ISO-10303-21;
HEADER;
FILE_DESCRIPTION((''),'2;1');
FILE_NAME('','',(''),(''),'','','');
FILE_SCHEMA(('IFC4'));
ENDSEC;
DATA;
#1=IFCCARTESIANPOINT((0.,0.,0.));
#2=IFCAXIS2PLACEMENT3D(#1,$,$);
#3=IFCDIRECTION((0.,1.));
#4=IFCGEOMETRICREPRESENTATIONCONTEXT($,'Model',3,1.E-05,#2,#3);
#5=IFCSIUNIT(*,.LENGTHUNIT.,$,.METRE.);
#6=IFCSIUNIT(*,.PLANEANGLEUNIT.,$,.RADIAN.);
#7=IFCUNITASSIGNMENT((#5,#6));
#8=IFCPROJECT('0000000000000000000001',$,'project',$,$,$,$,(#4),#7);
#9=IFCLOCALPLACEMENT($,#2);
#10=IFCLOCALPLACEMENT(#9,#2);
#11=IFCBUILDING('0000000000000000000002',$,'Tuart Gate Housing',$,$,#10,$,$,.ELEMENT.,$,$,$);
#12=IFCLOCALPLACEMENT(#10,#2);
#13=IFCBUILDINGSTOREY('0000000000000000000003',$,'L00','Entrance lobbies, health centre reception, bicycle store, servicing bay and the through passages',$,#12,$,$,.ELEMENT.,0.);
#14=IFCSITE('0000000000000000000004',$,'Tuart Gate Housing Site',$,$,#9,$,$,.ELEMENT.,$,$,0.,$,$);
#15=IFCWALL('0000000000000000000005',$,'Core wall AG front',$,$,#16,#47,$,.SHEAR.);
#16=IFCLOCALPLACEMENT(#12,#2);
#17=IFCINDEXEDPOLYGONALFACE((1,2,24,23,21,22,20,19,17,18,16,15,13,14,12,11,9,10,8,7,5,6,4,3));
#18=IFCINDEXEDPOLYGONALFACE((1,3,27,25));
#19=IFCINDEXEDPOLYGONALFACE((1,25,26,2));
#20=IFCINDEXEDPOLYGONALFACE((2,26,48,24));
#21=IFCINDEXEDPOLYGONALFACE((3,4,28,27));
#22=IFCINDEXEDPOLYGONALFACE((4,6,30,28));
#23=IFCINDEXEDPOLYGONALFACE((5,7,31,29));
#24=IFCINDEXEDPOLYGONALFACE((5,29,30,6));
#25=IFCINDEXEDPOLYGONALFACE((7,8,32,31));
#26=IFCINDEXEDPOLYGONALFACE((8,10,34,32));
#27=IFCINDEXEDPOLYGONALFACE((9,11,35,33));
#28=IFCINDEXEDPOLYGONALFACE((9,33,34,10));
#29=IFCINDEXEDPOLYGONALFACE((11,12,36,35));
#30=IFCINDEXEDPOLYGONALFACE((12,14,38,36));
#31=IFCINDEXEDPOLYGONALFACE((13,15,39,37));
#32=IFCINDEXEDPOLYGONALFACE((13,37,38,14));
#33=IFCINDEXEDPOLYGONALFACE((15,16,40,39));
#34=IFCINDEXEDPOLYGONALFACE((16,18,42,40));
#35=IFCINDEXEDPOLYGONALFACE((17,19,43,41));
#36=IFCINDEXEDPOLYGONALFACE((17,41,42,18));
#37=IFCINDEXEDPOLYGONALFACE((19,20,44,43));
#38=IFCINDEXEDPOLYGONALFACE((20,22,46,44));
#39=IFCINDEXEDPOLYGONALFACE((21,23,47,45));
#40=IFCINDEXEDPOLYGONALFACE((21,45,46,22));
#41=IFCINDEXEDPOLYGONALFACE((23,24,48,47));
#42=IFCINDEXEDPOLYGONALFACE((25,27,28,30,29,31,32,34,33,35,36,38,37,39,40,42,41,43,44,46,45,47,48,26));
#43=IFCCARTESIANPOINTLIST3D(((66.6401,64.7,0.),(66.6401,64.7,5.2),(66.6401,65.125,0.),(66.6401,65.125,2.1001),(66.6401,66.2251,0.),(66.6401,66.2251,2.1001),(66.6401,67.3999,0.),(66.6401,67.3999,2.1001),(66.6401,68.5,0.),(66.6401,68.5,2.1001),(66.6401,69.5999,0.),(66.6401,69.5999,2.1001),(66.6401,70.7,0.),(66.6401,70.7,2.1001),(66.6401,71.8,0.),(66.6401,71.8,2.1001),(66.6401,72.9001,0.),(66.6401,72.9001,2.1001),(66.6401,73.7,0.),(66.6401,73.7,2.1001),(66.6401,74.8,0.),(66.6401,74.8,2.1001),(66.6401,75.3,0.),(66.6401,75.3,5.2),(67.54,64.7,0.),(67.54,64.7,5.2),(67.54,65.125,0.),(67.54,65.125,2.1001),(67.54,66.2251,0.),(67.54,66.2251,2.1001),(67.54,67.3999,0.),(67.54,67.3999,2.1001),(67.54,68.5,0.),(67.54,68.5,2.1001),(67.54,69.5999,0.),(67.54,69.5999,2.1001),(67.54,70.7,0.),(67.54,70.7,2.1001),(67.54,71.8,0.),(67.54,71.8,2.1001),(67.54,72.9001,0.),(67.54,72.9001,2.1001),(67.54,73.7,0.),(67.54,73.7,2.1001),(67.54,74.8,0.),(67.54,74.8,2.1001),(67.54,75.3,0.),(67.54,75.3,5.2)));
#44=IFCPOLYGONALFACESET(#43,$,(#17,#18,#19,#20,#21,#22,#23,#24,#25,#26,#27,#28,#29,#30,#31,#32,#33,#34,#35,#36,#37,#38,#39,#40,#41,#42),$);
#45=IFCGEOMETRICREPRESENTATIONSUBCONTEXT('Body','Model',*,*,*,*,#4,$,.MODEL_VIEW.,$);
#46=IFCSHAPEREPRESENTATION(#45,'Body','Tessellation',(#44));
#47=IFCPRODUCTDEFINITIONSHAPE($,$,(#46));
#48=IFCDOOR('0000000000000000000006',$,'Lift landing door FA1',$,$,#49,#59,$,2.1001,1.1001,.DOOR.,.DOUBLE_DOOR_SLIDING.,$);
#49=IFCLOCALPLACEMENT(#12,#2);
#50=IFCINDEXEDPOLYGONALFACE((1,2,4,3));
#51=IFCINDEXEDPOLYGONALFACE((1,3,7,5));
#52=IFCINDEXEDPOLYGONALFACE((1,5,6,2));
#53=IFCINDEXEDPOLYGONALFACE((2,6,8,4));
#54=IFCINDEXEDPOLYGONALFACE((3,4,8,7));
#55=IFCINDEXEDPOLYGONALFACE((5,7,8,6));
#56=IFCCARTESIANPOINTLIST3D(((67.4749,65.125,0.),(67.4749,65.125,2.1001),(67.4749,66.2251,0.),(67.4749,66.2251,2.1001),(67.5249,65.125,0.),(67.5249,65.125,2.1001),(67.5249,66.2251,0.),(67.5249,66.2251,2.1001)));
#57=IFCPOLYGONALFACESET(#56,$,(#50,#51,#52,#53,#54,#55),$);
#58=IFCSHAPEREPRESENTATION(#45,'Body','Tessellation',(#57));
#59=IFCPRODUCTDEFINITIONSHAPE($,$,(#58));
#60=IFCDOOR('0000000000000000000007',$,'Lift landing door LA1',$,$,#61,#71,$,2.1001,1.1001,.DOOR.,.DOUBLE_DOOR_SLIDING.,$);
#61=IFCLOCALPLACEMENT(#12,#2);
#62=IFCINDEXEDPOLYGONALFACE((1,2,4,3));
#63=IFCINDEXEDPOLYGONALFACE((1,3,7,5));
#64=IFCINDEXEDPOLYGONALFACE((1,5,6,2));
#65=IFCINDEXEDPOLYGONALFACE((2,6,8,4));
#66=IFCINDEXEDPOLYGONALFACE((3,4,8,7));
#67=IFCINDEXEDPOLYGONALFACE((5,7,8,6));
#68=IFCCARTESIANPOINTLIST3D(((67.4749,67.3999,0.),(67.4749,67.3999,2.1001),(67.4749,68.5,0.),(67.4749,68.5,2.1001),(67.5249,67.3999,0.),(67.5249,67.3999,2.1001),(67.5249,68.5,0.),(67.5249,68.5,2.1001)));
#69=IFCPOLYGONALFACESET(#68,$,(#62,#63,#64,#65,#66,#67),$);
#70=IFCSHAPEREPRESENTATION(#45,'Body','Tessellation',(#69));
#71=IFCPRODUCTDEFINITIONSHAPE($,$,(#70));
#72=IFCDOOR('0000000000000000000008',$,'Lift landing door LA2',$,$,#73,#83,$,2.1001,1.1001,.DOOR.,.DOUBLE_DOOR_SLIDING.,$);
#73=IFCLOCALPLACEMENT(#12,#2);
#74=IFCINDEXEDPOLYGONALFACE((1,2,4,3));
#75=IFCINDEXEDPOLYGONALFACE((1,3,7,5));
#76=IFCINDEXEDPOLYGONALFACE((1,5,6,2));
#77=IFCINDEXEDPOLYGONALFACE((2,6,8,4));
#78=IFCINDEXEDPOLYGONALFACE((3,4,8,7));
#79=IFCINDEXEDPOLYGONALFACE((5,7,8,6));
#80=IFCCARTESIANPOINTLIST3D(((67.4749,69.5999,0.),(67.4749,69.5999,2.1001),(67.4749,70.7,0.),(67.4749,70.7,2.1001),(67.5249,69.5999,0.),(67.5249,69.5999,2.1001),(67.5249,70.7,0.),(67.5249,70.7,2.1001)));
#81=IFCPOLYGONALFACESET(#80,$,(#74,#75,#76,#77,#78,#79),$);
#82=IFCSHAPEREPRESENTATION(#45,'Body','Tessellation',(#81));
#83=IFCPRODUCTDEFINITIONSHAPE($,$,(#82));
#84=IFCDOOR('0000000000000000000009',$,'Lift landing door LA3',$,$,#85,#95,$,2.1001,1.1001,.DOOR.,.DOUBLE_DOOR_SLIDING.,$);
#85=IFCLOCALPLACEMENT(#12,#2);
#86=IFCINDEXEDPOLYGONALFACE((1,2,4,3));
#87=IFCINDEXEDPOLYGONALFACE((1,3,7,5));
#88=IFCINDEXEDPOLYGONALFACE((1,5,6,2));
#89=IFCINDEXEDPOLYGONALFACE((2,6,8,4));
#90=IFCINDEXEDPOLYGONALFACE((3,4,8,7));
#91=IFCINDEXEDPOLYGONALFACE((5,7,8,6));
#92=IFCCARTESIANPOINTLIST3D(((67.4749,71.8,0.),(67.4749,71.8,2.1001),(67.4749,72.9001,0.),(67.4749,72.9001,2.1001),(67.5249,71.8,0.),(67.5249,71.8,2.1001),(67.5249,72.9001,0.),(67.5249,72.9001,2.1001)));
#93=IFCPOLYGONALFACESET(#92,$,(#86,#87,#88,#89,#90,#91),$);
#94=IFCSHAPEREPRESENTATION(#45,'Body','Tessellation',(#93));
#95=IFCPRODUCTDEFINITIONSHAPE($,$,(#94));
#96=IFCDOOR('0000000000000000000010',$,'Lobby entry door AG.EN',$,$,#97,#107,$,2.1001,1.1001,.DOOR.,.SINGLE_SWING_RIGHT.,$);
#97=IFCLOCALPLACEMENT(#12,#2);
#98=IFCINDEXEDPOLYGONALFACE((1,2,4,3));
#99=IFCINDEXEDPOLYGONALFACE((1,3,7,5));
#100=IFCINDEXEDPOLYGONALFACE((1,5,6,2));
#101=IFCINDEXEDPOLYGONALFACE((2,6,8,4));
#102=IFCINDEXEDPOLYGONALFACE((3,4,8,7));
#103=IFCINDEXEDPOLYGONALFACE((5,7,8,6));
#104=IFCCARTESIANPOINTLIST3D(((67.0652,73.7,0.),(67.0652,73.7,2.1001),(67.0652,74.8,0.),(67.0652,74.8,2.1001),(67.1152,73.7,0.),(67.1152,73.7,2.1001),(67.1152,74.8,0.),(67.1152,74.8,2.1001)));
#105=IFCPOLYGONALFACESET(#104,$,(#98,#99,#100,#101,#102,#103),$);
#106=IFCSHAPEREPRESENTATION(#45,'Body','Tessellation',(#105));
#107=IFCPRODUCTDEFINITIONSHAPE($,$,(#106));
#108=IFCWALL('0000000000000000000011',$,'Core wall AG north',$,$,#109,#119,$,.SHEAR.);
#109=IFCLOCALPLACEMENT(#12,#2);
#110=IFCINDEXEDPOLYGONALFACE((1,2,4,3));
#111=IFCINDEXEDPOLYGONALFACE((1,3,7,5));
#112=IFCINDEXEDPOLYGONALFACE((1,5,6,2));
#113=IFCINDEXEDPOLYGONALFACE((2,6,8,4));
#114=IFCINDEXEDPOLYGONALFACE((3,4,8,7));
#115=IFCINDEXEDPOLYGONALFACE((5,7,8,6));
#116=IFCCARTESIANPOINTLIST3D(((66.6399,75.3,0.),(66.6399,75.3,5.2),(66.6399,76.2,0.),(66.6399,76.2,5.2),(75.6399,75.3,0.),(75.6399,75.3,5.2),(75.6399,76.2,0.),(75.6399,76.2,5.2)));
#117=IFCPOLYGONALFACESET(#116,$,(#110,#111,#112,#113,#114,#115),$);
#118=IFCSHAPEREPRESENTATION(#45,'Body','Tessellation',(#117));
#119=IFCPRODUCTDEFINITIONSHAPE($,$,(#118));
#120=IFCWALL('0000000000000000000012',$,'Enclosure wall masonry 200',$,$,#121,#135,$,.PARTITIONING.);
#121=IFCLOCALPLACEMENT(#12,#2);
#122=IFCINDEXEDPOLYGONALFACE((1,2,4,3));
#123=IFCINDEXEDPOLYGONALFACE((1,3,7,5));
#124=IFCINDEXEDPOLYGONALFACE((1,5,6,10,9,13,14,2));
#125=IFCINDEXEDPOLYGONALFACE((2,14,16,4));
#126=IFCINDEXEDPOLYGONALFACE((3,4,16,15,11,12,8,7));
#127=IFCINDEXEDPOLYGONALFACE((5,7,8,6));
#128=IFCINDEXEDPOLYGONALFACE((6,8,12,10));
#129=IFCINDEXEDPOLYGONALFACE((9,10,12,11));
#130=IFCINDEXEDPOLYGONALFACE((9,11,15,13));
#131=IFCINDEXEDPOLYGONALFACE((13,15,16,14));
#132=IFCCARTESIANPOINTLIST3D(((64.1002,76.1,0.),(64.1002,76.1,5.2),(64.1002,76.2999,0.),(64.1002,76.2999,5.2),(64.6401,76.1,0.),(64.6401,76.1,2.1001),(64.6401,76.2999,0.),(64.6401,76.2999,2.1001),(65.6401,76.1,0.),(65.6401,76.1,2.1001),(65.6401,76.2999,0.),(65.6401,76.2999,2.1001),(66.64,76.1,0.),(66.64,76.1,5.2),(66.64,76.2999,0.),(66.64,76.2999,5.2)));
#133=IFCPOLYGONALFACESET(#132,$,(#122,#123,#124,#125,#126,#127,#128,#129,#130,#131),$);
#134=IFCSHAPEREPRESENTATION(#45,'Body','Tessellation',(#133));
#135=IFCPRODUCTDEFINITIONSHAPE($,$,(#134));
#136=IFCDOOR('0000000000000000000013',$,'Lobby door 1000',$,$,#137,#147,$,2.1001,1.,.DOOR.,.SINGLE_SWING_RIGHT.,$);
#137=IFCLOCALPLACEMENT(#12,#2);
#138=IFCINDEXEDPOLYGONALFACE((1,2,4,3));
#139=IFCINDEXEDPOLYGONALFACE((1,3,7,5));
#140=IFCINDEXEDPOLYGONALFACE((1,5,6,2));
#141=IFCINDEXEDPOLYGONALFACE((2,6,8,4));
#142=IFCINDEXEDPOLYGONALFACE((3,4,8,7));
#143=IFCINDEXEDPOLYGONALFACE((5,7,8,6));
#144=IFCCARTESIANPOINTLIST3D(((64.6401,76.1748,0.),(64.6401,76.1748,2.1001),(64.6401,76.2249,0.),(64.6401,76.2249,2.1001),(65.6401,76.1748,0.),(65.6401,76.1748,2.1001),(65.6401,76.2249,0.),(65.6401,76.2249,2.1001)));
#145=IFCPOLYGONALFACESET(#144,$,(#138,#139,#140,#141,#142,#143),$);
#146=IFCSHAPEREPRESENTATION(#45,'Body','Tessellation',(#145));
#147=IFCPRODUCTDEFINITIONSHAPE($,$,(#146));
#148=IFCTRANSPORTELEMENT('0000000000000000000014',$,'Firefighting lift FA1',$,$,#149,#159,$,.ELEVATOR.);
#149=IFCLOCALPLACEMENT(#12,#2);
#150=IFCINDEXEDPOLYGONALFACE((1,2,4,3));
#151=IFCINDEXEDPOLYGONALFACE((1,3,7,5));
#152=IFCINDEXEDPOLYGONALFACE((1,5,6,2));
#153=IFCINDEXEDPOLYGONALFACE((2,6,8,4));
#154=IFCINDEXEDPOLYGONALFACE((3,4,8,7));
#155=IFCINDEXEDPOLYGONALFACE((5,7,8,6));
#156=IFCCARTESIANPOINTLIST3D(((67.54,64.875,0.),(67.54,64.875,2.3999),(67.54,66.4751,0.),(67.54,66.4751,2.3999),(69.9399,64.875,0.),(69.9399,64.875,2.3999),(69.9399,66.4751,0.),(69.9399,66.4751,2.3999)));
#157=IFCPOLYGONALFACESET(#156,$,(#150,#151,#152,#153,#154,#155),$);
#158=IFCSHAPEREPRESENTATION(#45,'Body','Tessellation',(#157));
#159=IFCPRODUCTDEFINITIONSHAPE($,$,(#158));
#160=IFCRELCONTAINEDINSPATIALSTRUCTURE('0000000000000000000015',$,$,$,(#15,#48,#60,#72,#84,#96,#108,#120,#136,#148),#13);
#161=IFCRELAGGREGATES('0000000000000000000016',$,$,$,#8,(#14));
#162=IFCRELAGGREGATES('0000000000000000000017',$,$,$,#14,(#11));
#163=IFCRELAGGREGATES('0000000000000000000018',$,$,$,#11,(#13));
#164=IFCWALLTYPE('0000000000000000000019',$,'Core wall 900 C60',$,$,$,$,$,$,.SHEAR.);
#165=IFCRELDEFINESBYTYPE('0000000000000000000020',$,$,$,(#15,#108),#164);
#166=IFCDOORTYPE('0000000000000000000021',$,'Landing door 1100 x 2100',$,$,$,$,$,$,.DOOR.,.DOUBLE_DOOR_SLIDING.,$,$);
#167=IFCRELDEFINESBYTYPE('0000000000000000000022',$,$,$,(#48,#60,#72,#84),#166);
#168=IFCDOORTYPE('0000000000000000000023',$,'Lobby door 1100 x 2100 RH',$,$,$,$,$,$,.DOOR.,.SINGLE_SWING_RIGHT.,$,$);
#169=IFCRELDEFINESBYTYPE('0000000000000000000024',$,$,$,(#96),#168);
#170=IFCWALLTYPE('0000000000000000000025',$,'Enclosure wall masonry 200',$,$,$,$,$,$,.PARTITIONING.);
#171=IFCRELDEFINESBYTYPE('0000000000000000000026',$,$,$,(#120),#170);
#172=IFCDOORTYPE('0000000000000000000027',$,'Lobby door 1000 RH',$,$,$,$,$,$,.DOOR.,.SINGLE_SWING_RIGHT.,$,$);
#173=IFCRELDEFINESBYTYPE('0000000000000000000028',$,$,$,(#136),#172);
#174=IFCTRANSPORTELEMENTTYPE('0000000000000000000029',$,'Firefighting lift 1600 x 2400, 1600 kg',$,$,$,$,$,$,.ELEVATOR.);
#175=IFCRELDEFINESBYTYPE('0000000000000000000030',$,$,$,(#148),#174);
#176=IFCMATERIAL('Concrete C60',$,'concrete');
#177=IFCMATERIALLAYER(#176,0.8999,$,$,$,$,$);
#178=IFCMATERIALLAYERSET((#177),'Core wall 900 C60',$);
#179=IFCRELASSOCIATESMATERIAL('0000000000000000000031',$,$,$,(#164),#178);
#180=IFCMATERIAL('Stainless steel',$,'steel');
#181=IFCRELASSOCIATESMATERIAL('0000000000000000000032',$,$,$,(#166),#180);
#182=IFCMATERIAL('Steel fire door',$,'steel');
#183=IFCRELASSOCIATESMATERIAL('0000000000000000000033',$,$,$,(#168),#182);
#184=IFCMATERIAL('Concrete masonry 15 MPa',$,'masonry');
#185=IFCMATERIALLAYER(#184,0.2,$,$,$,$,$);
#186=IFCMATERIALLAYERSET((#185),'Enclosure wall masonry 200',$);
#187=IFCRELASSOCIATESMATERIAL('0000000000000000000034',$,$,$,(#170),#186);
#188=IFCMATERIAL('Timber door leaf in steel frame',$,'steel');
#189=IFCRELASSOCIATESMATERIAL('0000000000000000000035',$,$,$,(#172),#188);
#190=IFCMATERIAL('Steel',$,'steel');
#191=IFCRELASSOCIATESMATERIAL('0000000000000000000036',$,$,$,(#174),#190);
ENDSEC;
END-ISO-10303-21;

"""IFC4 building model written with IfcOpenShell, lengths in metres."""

from ifc_helpers import new_model, si_unit, direction, frame, frame_2d, origin, origin_2d, place, context, subcontext, project, spatial, rectangle, extrude, material, layer, layer_set, type_object, element, fill, save


model = new_model("IFC4")

# Units and contexts
model_context = context("Model", 3, precision=1e-05, world=origin(), true_north=direction((0.0, 1.0)))
body_context = subcontext(model_context, "Body", "Model", "MODEL_VIEW")
ifc_project = project(units=[si_unit("LENGTHUNIT", "METRE"), si_unit("PLANEANGLEUNIT", "RADIAN")], contexts=[model_context])

# Site, building, storey
site_placement = place(None, origin())
site = spatial("IfcSite", under=ifc_project, at=site_placement, Name="Tuart Gate Housing Site", CompositionType="ELEMENT", RefElevation=0.0)
building_placement = place(site_placement, origin())
building = spatial("IfcBuilding", under=site, at=building_placement, Name="Tuart Gate Housing", CompositionType="ELEMENT")
storey_placement = place(building_placement, origin())
storey = spatial("IfcBuildingStorey", under=building, at=storey_placement, Name="L00", Description="Entrance lobbies, health centre reception, bicycle store, servicing bay and the through passages", CompositionType="ELEMENT", Elevation=0.0)

# Wall, openings, doors
ifc_material_1 = material(Name="Concrete C60", Category="concrete")
ifc_layer_1 = layer(ifc_material_1, 0.8999)
ifc_layer_set_1 = layer_set([ifc_layer_1], Name="Core wall 900 C60")
wall_type_1 = type_object("IfcWallType", Name="Core wall 900 C60", PredefinedType="SHEAR", material=ifc_layer_set_1)
wall_1_placement = place(storey_placement, frame((67.0901, 64.7, 0.0), z_axis=(0.0, 0.0, 1.0), x_axis=(0.0, 1.0, 0.0)))
wall_1 = element("IfcWall", 1, at=wall_1_placement, inside=storey, type_object=wall_type_1, Name="Core wall AG front", PredefinedType="SHEAR", context=body_context, shape_type="SweptSolid", body=[
    extrude(rectangle(XDim=10.6001, YDim=0.8999, at=frame_2d((5.3, 0.0))), origin(), (0.0, 0.0, 1.0), 5.2),
])
opening_1_placement = place(wall_1_placement, frame((0.425, 0.0, 0.0)))
opening_1 = element("IfcOpeningElement", 2, at=opening_1_placement, cuts=wall_1, PredefinedType="OPENING", context=body_context, shape_type="SweptSolid", body=[
    extrude(rectangle(XDim=1.1001, YDim=2.1001, at=frame_2d((0.55, 1.05))), frame((0.0, 0.46, 0.0), z_axis=(0.0, -1.0, 0.0), x_axis=(1.0, 0.0, 0.0)), (0.0, 0.0, 1.0), 0.9199),
])
opening_2_placement = place(wall_1_placement, frame((2.7, 0.0, 0.0)))
opening_2 = element("IfcOpeningElement", 3, at=opening_2_placement, cuts=wall_1, PredefinedType="OPENING", context=body_context, shape_type="SweptSolid", body=[
    extrude(rectangle(XDim=1.1001, YDim=2.1001, at=frame_2d((0.55, 1.05))), frame((0.0, 0.46, 0.0), z_axis=(0.0, -1.0, 0.0), x_axis=(1.0, 0.0, 0.0)), (0.0, 0.0, 1.0), 0.9199),
])
opening_3_placement = place(wall_1_placement, frame((4.8999, 0.0, 0.0)))
opening_3 = element("IfcOpeningElement", 4, at=opening_3_placement, cuts=wall_1, PredefinedType="OPENING", context=body_context, shape_type="SweptSolid", body=[
    extrude(rectangle(XDim=1.1001, YDim=2.1001, at=frame_2d((0.55, 1.05))), frame((0.0, 0.46, 0.0), z_axis=(0.0, -1.0, 0.0), x_axis=(1.0, 0.0, 0.0)), (0.0, 0.0, 1.0), 0.9199),
])
opening_4_placement = place(wall_1_placement, frame((7.1001, 0.0, 0.0)))
opening_4 = element("IfcOpeningElement", 5, at=opening_4_placement, cuts=wall_1, PredefinedType="OPENING", context=body_context, shape_type="SweptSolid", body=[
    extrude(rectangle(XDim=1.1001, YDim=2.1001, at=frame_2d((0.55, 1.05))), frame((0.0, 0.46, 0.0), z_axis=(0.0, -1.0, 0.0), x_axis=(1.0, 0.0, 0.0)), (0.0, 0.0, 1.0), 0.9199),
])
opening_5_placement = place(wall_1_placement, frame((9.0, 0.0, 0.0)))
opening_5 = element("IfcOpeningElement", 6, at=opening_5_placement, cuts=wall_1, PredefinedType="OPENING", context=body_context, shape_type="SweptSolid", body=[
    extrude(rectangle(XDim=1.1001, YDim=2.1001, at=frame_2d((0.55, 1.05))), frame((0.0, 0.46, 0.0), z_axis=(0.0, -1.0, 0.0), x_axis=(1.0, 0.0, 0.0)), (0.0, 0.0, 1.0), 0.9199),
])
ifc_material_2 = material(Name="Stainless steel", Category="steel")
door_type_1 = type_object("IfcDoorType", Name="Landing door 1100 x 2100", OperationType="DOUBLE_DOOR_SLIDING", PredefinedType="DOOR", material=ifc_material_2)
door_1_placement = place(opening_1_placement, origin())
door_1 = element("IfcDoor", 7, at=door_1_placement, inside=storey, type_object=door_type_1, Name="Lift landing door FA1", OperationType="DOUBLE_DOOR_SLIDING", OverallHeight=2.1001, OverallWidth=1.1001, PredefinedType="DOOR", context=body_context, shape_type="SweptSolid", body=[
    extrude(rectangle(XDim=1.1001, YDim=2.1001, at=frame_2d((0.55, 1.05))), frame((0.0, -0.3848, 0.0), z_axis=(0.0, -1.0, 0.0), x_axis=(1.0, 0.0, 0.0)), (0.0, 0.0, 1.0), 0.05),
])
fill(opening_1, door_1)
door_2_placement = place(opening_2_placement, origin())
door_2 = element("IfcDoor", 8, at=door_2_placement, inside=storey, type_object=door_type_1, Name="Lift landing door LA1", OperationType="DOUBLE_DOOR_SLIDING", OverallHeight=2.1001, OverallWidth=1.1001, PredefinedType="DOOR", context=body_context, shape_type="SweptSolid", body=[
    extrude(rectangle(XDim=1.1001, YDim=2.1001, at=frame_2d((0.55, 1.05))), frame((0.0, -0.3848, 0.0), z_axis=(0.0, -1.0, 0.0), x_axis=(1.0, 0.0, 0.0)), (0.0, 0.0, 1.0), 0.05),
])
fill(opening_2, door_2)
door_3_placement = place(opening_3_placement, origin())
door_3 = element("IfcDoor", 9, at=door_3_placement, inside=storey, type_object=door_type_1, Name="Lift landing door LA2", OperationType="DOUBLE_DOOR_SLIDING", OverallHeight=2.1001, OverallWidth=1.1001, PredefinedType="DOOR", context=body_context, shape_type="SweptSolid", body=[
    extrude(rectangle(XDim=1.1001, YDim=2.1001, at=frame_2d((0.55, 1.05))), frame((0.0, -0.3848, 0.0), z_axis=(0.0, -1.0, 0.0), x_axis=(1.0, 0.0, 0.0)), (0.0, 0.0, 1.0), 0.05),
])
fill(opening_3, door_3)
door_4_placement = place(opening_4_placement, origin())
door_4 = element("IfcDoor", 10, at=door_4_placement, inside=storey, type_object=door_type_1, Name="Lift landing door LA3", OperationType="DOUBLE_DOOR_SLIDING", OverallHeight=2.1001, OverallWidth=1.1001, PredefinedType="DOOR", context=body_context, shape_type="SweptSolid", body=[
    extrude(rectangle(XDim=1.1001, YDim=2.1001, at=frame_2d((0.55, 1.05))), frame((0.0, -0.3848, 0.0), z_axis=(0.0, -1.0, 0.0), x_axis=(1.0, 0.0, 0.0)), (0.0, 0.0, 1.0), 0.05),
])
fill(opening_4, door_4)
ifc_material_3 = material(Name="Steel fire door", Category="steel")
door_type_2 = type_object("IfcDoorType", Name="Lobby door 1100 x 2100 RH", OperationType="SINGLE_SWING_RIGHT", PredefinedType="DOOR", material=ifc_material_3)
door_5_placement = place(opening_5_placement, frame((1.1001, 0.0, 0.0), z_axis=(0.0, 0.0, 1.0), x_axis=(-1.0, 0.0, 0.0)))
door_5 = element("IfcDoor", 11, at=door_5_placement, inside=storey, type_object=door_type_2, Name="Lobby entry door AG.EN", OperationType="SINGLE_SWING_RIGHT", OverallHeight=2.1001, OverallWidth=1.1001, PredefinedType="DOOR", context=body_context, shape_type="SweptSolid", body=[
    extrude(rectangle(XDim=1.1001, YDim=2.1001, at=frame_2d((0.55, 1.05))), frame((0.0, 0.0251, 0.0), z_axis=(0.0, -1.0, 0.0), x_axis=(1.0, 0.0, 0.0)), (0.0, 0.0, 1.0), 0.05),
])
fill(opening_5, door_5)

# Wall
wall_2_placement = place(storey_placement, frame((66.6399, 75.75, 0.0), z_axis=(0.0, 0.0, 1.0), x_axis=(1.0, 0.0, 0.0)))
element("IfcWall", 12, at=wall_2_placement, inside=storey, type_object=wall_type_1, Name="Core wall AG north", PredefinedType="SHEAR", context=body_context, shape_type="SweptSolid", body=[
    extrude(rectangle(XDim=9.0, YDim=0.8999, at=frame_2d((4.5, 0.0))), origin(), (0.0, 0.0, 1.0), 5.2),
])

# Wall, opening, door
ifc_material_4 = material(Name="Concrete masonry 15 MPa", Category="masonry")
ifc_layer_2 = layer(ifc_material_4, 0.2)
ifc_layer_set_2 = layer_set([ifc_layer_2], Name="Enclosure wall masonry 200")
wall_type_2 = type_object("IfcWallType", Name="Enclosure wall masonry 200", PredefinedType="PARTITIONING", material=ifc_layer_set_2)
wall_3_placement = place(storey_placement, frame((64.1001, 76.2, 0.0), z_axis=(0.0, 0.0, 1.0), x_axis=(1.0, 0.0, 0.0)))
wall_3 = element("IfcWall", 13, at=wall_3_placement, inside=storey, type_object=wall_type_2, Name="Enclosure wall masonry 200", PredefinedType="PARTITIONING", context=body_context, shape_type="SweptSolid", body=[
    extrude(rectangle(XDim=2.5398, YDim=0.2, at=frame_2d((1.27, 0.0))), origin(), (0.0, 0.0, 1.0), 5.2),
])
opening_6_placement = place(wall_3_placement, frame((0.54, 0.0, 0.0)))
opening_6 = element("IfcOpeningElement", 14, at=opening_6_placement, cuts=wall_3, PredefinedType="OPENING", context=body_context, shape_type="SweptSolid", body=[
    extrude(rectangle(XDim=1.0, YDim=2.1001, at=frame_2d((0.5, 1.05))), frame((0.0, 0.1099, 0.0), z_axis=(0.0, -1.0, 0.0), x_axis=(1.0, 0.0, 0.0)), (0.0, 0.0, 1.0), 0.22),
])
ifc_material_5 = material(Name="Timber door leaf in steel frame", Category="steel")
door_type_3 = type_object("IfcDoorType", Name="Lobby door 1000 RH", OperationType="SINGLE_SWING_RIGHT", PredefinedType="DOOR", material=ifc_material_5)
door_6_placement = place(opening_6_placement, frame((1.0, 0.0, 0.0), z_axis=(0.0, 0.0, 1.0), x_axis=(-1.0, 0.0, 0.0)))
door_6 = element("IfcDoor", 15, at=door_6_placement, inside=storey, type_object=door_type_3, Name="Lobby door 1000", OperationType="SINGLE_SWING_RIGHT", OverallHeight=2.1001, OverallWidth=1.0, PredefinedType="DOOR", context=body_context, shape_type="SweptSolid", body=[
    extrude(rectangle(XDim=1.0, YDim=2.1001, at=frame_2d((0.5, 1.05))), frame((0.0, 0.0251, 0.0), z_axis=(0.0, -1.0, 0.0), x_axis=(1.0, 0.0, 0.0)), (0.0, 0.0, 1.0), 0.05),
])
fill(opening_6, door_6)

# Transport element
ifc_material_6 = material(Name="Steel", Category="steel")
transport_element_type_1 = type_object("IfcTransportElementType", Name="Firefighting lift 1600 x 2400, 1600 kg", PredefinedType="ELEVATOR", material=ifc_material_6)
transport_element_placement = place(storey_placement, frame((68.74, 65.675, 0.0), z_axis=(0.0, 0.0, 1.0), x_axis=(0.0, 1.0, 0.0)))
element("IfcTransportElement", 16, at=transport_element_placement, inside=storey, type_object=transport_element_type_1, Name="Firefighting lift FA1", PredefinedType="ELEVATOR", context=body_context, shape_type="SweptSolid", body=[
    extrude(rectangle(XDim=1.6001, YDim=2.3999, at=origin_2d()), origin(), (0.0, 0.0, 1.0), 2.3999),
])

save(model, "model.ifc")
